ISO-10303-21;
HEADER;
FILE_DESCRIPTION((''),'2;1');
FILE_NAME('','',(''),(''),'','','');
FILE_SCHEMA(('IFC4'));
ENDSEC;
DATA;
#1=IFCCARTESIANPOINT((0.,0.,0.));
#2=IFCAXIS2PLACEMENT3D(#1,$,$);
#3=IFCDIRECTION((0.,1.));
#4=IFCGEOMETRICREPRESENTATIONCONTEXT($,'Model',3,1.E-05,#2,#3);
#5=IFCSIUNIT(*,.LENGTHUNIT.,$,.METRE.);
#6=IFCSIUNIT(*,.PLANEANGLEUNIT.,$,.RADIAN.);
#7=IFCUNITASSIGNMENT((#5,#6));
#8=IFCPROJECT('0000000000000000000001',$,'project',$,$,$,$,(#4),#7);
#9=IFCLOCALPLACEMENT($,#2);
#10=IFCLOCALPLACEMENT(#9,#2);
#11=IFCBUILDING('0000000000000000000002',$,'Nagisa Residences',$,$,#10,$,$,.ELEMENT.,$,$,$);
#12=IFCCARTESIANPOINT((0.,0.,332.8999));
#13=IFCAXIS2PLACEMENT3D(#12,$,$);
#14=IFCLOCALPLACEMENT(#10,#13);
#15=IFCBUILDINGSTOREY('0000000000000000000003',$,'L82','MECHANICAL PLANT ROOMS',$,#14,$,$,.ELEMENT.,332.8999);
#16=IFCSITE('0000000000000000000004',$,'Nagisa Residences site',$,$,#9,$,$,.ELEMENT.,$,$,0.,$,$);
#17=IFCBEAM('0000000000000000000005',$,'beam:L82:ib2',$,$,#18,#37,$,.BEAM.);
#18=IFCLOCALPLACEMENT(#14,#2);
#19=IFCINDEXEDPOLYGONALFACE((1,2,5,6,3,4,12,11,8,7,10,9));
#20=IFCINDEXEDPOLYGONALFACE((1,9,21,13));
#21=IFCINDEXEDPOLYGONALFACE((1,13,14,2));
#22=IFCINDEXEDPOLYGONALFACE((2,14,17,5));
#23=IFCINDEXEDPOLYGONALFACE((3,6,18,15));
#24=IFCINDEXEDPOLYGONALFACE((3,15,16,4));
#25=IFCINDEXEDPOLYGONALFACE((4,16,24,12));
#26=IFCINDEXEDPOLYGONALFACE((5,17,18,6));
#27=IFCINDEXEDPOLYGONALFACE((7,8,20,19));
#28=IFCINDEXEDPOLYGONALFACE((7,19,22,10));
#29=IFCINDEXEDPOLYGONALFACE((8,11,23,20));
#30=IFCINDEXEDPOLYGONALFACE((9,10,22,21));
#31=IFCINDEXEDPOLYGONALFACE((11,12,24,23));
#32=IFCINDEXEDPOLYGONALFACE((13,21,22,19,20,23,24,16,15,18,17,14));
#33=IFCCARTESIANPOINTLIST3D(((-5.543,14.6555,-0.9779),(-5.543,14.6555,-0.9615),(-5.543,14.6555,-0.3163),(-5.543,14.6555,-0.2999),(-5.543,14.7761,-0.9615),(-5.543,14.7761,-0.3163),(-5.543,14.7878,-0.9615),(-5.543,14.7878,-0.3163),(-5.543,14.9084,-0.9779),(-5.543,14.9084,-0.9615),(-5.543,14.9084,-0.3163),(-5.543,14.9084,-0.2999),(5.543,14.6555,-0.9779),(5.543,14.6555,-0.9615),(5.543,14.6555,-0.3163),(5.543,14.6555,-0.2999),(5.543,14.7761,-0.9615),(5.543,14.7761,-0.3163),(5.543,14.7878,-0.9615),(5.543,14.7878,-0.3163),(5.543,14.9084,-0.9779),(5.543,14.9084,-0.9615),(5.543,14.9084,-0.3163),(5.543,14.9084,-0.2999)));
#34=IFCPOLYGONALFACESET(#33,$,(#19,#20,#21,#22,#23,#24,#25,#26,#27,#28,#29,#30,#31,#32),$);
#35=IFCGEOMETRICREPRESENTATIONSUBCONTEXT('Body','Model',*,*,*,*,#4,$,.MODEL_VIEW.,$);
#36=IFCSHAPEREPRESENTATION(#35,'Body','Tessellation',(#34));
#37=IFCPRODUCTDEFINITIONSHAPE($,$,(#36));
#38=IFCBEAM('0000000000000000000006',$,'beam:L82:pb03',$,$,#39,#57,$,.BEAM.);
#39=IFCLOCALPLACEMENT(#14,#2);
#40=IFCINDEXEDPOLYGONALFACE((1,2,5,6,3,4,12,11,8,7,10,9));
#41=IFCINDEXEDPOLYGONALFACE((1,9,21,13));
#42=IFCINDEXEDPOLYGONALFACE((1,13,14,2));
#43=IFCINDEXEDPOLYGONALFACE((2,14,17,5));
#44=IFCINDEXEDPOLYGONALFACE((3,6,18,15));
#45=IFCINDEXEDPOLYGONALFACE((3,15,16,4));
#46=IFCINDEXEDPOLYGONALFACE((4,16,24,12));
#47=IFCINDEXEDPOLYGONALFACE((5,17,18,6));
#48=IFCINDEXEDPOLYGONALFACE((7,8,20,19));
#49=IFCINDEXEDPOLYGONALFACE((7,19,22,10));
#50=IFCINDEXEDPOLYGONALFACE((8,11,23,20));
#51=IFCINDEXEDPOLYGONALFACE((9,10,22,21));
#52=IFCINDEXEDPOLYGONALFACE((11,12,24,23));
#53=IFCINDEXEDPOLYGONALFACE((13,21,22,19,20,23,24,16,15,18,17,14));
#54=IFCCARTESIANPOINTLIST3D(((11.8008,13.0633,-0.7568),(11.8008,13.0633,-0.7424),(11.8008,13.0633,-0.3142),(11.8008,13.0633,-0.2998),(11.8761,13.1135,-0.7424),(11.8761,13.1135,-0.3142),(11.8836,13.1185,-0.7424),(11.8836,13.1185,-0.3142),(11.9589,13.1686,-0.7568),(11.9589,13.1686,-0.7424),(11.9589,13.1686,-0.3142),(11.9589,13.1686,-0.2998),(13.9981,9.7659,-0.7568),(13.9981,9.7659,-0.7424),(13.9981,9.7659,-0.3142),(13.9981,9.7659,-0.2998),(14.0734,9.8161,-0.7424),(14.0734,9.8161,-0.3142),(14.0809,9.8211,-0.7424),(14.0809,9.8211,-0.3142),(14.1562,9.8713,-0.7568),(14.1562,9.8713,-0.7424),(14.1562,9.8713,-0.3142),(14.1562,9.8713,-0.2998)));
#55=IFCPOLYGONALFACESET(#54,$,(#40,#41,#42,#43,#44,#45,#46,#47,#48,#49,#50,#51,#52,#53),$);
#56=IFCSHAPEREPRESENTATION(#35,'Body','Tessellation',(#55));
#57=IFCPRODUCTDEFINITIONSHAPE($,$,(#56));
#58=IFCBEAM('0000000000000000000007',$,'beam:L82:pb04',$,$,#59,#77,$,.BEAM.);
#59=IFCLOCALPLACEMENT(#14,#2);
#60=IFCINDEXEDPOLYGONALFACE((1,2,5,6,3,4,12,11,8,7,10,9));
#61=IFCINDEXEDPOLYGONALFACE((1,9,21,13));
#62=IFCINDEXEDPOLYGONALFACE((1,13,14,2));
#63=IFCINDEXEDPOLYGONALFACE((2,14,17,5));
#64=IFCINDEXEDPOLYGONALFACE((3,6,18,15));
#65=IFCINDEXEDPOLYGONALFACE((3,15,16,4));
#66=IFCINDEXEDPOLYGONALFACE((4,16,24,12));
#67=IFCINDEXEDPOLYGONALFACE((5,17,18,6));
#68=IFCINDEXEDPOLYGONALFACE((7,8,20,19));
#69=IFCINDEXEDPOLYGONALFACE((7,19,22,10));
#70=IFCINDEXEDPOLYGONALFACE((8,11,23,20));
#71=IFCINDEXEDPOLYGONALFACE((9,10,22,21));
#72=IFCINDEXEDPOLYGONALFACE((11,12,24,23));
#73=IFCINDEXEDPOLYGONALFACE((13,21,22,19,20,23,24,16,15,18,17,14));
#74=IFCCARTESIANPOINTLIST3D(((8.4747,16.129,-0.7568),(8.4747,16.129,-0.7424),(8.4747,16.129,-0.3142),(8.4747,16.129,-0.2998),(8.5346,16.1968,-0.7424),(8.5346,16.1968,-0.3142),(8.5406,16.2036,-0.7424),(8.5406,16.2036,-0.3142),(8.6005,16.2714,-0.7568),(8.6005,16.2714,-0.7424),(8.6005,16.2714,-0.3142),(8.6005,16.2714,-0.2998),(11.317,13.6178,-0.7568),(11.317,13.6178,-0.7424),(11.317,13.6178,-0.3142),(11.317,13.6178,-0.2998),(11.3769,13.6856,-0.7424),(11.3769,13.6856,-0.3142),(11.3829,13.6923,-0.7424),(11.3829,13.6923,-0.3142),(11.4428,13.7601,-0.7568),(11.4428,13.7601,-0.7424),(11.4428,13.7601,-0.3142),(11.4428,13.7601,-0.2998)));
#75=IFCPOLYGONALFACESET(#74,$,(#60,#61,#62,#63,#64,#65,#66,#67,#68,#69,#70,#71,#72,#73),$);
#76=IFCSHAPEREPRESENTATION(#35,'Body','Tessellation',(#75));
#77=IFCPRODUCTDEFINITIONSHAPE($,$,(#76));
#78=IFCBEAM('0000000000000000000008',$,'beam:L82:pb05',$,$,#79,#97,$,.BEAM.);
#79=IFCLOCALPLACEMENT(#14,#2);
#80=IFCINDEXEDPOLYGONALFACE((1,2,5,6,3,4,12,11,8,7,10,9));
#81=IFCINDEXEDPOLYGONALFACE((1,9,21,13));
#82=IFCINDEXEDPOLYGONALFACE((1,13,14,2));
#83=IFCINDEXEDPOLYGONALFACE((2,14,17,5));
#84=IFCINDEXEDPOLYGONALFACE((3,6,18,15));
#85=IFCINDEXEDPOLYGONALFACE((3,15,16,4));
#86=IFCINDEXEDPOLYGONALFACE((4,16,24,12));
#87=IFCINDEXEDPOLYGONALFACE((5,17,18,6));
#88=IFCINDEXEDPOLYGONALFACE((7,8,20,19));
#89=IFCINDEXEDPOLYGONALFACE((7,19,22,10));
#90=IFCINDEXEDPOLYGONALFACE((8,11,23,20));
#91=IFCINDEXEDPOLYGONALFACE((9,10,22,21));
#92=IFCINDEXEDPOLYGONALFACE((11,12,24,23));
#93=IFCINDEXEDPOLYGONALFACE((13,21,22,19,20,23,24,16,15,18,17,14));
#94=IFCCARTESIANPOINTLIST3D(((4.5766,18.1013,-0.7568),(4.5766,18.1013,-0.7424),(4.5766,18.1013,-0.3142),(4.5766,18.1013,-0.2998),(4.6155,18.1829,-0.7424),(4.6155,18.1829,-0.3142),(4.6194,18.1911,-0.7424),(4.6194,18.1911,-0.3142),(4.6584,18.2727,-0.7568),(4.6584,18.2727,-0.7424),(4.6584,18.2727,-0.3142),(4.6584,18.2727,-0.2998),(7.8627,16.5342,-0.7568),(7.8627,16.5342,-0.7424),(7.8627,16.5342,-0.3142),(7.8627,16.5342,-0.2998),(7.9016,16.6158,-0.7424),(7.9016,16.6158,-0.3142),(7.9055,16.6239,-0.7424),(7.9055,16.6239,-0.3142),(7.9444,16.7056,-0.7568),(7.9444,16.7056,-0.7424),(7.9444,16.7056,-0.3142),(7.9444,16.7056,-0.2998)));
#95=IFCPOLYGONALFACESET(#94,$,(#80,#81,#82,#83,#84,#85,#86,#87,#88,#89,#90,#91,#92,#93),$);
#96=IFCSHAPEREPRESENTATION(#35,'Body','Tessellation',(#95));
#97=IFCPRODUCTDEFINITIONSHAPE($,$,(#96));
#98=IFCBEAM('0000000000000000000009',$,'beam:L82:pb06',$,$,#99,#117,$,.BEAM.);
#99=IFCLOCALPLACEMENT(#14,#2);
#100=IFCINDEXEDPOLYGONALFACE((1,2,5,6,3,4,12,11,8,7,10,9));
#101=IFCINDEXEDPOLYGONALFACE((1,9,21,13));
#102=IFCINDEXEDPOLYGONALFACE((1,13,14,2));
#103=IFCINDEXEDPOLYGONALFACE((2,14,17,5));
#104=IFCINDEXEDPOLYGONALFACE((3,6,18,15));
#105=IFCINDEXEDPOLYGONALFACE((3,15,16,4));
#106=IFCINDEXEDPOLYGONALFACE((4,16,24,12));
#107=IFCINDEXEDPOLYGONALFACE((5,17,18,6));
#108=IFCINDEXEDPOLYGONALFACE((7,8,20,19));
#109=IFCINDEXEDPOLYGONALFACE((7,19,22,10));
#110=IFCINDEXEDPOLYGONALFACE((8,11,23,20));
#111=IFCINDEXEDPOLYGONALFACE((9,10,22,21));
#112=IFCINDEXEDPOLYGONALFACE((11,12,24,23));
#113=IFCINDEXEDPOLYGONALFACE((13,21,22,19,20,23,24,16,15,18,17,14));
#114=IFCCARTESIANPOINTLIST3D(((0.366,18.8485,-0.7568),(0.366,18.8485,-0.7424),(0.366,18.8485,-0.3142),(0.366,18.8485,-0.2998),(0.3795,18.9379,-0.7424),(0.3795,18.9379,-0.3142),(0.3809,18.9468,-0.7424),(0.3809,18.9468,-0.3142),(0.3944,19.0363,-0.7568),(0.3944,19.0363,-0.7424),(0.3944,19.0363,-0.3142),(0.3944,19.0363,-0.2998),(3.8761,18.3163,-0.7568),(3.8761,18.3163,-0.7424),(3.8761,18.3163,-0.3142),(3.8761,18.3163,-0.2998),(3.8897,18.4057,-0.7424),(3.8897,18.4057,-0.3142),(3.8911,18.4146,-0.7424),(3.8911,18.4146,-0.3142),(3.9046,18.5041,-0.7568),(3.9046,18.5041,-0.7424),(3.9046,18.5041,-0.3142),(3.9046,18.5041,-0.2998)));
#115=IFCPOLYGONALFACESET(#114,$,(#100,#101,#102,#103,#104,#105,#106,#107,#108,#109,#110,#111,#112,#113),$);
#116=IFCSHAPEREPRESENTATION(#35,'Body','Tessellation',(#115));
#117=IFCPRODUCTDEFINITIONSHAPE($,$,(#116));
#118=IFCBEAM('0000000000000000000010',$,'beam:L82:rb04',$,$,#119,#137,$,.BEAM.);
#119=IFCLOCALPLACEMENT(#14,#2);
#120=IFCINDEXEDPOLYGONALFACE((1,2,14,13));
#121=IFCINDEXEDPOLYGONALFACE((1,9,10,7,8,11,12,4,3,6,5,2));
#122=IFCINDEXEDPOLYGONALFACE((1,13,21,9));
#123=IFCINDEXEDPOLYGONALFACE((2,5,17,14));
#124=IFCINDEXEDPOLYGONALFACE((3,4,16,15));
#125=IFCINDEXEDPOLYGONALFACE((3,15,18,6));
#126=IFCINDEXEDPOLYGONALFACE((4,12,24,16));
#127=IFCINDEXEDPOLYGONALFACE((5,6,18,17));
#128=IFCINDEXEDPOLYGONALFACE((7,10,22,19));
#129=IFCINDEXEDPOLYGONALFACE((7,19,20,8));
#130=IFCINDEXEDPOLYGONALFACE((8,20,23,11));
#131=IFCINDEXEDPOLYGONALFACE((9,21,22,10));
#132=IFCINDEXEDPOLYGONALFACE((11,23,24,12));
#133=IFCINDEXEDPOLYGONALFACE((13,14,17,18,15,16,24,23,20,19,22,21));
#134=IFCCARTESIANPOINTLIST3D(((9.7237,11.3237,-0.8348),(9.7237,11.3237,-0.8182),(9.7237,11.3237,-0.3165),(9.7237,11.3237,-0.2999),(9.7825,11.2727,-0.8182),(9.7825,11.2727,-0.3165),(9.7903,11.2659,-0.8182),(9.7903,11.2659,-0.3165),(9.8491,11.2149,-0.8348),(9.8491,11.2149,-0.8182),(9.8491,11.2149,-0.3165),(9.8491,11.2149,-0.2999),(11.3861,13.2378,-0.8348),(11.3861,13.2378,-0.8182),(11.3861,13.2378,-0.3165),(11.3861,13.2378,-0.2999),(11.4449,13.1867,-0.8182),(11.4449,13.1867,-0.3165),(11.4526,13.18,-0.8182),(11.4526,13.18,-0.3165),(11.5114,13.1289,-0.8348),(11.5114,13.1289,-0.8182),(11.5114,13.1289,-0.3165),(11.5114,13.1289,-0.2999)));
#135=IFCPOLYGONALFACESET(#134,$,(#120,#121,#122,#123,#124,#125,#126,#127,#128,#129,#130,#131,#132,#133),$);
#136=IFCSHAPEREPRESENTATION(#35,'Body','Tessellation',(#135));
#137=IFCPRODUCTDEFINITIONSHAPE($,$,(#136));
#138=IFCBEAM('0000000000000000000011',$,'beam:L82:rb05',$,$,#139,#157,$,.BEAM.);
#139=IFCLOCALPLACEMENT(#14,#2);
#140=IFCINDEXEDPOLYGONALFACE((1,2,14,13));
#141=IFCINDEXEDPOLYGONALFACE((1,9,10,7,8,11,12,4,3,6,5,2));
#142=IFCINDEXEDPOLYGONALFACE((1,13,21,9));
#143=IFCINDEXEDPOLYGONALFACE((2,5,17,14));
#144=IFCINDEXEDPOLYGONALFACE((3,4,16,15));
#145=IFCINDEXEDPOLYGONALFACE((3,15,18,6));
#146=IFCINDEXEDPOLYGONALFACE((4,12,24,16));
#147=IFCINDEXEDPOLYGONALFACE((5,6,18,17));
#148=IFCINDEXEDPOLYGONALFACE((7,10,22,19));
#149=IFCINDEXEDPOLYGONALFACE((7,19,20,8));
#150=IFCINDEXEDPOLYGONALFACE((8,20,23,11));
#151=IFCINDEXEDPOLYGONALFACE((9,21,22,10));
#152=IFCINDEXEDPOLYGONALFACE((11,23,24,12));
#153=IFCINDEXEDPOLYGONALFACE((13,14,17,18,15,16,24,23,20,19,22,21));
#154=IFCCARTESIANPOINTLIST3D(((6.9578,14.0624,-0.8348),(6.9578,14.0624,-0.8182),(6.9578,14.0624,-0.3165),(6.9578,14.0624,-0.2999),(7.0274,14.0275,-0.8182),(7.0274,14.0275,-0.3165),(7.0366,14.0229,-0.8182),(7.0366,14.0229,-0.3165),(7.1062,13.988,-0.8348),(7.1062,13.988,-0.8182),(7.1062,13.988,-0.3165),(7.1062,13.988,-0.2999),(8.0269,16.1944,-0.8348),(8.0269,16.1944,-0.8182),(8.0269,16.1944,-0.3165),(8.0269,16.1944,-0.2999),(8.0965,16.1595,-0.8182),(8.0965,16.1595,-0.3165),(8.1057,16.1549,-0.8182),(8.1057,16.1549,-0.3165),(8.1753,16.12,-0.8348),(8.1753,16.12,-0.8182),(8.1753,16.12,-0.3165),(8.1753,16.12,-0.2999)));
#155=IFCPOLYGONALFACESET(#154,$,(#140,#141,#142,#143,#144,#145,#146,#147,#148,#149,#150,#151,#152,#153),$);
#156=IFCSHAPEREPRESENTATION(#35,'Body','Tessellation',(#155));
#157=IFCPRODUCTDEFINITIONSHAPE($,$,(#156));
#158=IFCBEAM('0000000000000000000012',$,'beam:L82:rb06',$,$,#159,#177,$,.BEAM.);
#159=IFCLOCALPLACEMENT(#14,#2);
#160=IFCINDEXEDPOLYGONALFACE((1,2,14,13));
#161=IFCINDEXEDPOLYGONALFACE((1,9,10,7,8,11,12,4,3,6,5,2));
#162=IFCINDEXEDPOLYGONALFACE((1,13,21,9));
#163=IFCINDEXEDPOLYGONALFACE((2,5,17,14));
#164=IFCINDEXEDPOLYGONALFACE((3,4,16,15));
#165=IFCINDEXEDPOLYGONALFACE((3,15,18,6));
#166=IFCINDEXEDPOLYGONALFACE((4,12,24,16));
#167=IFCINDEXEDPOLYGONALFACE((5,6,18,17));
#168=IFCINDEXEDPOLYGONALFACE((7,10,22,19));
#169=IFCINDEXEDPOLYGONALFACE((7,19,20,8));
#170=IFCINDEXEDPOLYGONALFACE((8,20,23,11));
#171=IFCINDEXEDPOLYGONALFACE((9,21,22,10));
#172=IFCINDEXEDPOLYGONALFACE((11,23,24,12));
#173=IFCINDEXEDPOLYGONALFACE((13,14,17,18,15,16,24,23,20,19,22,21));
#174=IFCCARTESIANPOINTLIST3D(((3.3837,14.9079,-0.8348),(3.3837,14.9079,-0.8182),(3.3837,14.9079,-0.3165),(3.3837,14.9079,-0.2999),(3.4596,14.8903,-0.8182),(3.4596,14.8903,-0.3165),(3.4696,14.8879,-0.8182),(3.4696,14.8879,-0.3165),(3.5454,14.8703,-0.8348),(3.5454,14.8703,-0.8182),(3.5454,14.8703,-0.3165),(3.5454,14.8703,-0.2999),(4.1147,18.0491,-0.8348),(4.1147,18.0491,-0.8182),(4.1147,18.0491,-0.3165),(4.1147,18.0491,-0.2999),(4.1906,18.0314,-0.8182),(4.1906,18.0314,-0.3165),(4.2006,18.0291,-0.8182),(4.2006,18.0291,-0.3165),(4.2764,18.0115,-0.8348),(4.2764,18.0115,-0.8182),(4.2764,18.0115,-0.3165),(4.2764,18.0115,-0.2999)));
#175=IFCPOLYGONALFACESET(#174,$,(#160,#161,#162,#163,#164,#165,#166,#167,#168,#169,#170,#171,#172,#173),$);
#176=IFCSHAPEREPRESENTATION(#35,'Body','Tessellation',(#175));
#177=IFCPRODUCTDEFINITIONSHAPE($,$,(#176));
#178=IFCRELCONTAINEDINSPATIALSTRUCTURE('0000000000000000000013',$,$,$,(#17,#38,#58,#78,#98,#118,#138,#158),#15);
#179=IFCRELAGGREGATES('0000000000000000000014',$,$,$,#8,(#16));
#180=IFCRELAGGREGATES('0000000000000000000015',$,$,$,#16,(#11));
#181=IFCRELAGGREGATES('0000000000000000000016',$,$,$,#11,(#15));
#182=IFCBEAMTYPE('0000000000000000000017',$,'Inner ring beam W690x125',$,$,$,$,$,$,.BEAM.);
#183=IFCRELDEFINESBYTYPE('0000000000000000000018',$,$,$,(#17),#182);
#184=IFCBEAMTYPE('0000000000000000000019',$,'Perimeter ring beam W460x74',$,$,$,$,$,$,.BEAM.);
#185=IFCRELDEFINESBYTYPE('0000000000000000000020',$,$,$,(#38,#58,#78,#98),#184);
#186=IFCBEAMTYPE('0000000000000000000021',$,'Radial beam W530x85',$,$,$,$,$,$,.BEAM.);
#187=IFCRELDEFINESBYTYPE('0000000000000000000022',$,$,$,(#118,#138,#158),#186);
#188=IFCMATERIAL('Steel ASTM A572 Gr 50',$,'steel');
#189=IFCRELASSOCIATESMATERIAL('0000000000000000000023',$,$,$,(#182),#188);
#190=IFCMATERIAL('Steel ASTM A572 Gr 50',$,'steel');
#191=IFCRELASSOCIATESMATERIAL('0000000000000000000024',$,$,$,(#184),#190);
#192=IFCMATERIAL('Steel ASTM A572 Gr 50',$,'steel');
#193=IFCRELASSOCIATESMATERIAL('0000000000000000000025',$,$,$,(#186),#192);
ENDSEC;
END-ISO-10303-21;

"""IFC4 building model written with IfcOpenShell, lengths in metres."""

from ifc_helpers import new_model, si_unit, direction, frame, origin, origin_2d, place, context, subcontext, project, spatial, i_section, extrude, material, material_profile, profile_set, type_object, element, save


model = new_model("IFC4")

# Units and contexts
model_context = context("Model", 3, precision=1e-05, world=origin(), true_north=direction((0.0, 1.0)))
body_context = subcontext(model_context, "Body", "Model", "MODEL_VIEW")
ifc_project = project(units=[si_unit("LENGTHUNIT", "METRE"), si_unit("PLANEANGLEUNIT", "RADIAN")], contexts=[model_context])

# Site, building, storey
site_placement = place(None, origin())
site = spatial("IfcSite", under=ifc_project, at=site_placement, Name="Nagisa Residences site", CompositionType="ELEMENT", RefElevation=0.0)
building_placement = place(site_placement, origin())
building = spatial("IfcBuilding", under=site, at=building_placement, Name="Nagisa Residences", CompositionType="ELEMENT")
storey_placement = place(building_placement, frame((0.0, 0.0, 332.8999)))
storey = spatial("IfcBuildingStorey", under=building, at=storey_placement, Name="L82", Description="MECHANICAL PLANT ROOMS", CompositionType="ELEMENT", Elevation=332.8999)

# Beams
ifc_material_1 = material(Name="Steel ASTM A572 Gr 50", Category="steel")
ifc_material_profile_1 = material_profile(ifc_material_1, i_section(OverallWidth=0.2529, OverallDepth=0.678, WebThickness=0.0117, FlangeThickness=0.0164, at=origin_2d()), Name="W690x125")
ifc_profile_set_1 = profile_set([ifc_material_profile_1], Name="Steel ASTM A572 Gr 50")
beam_type_1 = type_object("IfcBeamType", Name="Inner ring beam W690x125", PredefinedType="BEAM", material=ifc_profile_set_1)
beam_1_placement = place(storey_placement, frame((5.543, 14.782, -0.6389), z_axis=(-1.0, 0.0, 0.0), x_axis=(0.0, -1.0, 0.0)))
element("IfcBeam", 1, at=beam_1_placement, inside=storey, type_object=beam_type_1, Name="beam:L82:ib2", PredefinedType="BEAM", context=body_context, shape_type="SweptSolid", body=[
    extrude(i_section(OverallWidth=0.2529, OverallDepth=0.678, WebThickness=0.0117, FlangeThickness=0.0164, at=origin_2d()), origin(), (0.0, 0.0, 1.0), 11.0859),
])
ifc_material_2 = material(Name="Steel ASTM A572 Gr 50", Category="steel")
ifc_material_profile_2 = material_profile(ifc_material_2, i_section(OverallWidth=0.1899, OverallDepth=0.457, WebThickness=0.009, FlangeThickness=0.0144, at=origin_2d()), Name="W460x74")
ifc_profile_set_2 = profile_set([ifc_material_profile_2], Name="Steel ASTM A572 Gr 50")
beam_type_2 = type_object("IfcBeamType", Name="Perimeter ring beam W460x74", PredefinedType="BEAM", material=ifc_profile_set_2)
beam_2_placement = place(storey_placement, frame((14.0771, 9.8186, -0.5283), z_axis=(-0.55453, 0.832164, 0.0), x_axis=(-0.832164, -0.55453, 0.0)))
element("IfcBeam", 2, at=beam_2_placement, inside=storey, type_object=beam_type_2, Name="beam:L82:pb03", PredefinedType="BEAM", context=body_context, shape_type="SweptSolid", body=[
    extrude(i_section(OverallWidth=0.1899, OverallDepth=0.457, WebThickness=0.009, FlangeThickness=0.0144, at=origin_2d()), origin(), (0.0, 0.0, 1.0), 3.9624),
])
beam_3_placement = place(storey_placement, frame((11.3799, 13.689, -0.5283), z_axis=(-0.749402, 0.662115, 0.0), x_axis=(-0.662115, -0.749402, 0.0)))
element("IfcBeam", 3, at=beam_3_placement, inside=storey, type_object=beam_type_2, Name="beam:L82:pb04", PredefinedType="BEAM", context=body_context, shape_type="SweptSolid", body=[
    extrude(i_section(OverallWidth=0.1899, OverallDepth=0.457, WebThickness=0.009, FlangeThickness=0.0144, at=origin_2d()), origin(), (0.0, 0.0, 1.0), 3.7927),
])
beam_4_placement = place(storey_placement, frame((7.9036, 16.6199, -0.5283), z_axis=(-0.902614, 0.430452, 0.0), x_axis=(-0.430452, -0.902614, 0.0)))
element("IfcBeam", 4, at=beam_4_placement, inside=storey, type_object=beam_type_2, Name="beam:L82:pb05", PredefinedType="BEAM", context=body_context, shape_type="SweptSolid", body=[
    extrude(i_section(OverallWidth=0.1899, OverallDepth=0.457, WebThickness=0.009, FlangeThickness=0.0144, at=origin_2d()), origin(), (0.0, 0.0, 1.0), 3.6406),
])
beam_5_placement = place(storey_placement, frame((3.8904, 18.4102, -0.5283), z_axis=(-0.9887, 0.149907, 0.0), x_axis=(-0.149907, -0.9887, 0.0)))
element("IfcBeam", 5, at=beam_5_placement, inside=storey, type_object=beam_type_2, Name="beam:L82:pb06", PredefinedType="BEAM", context=body_context, shape_type="SweptSolid", body=[
    extrude(i_section(OverallWidth=0.1899, OverallDepth=0.457, WebThickness=0.009, FlangeThickness=0.0144, at=origin_2d()), origin(), (0.0, 0.0, 1.0), 3.5503),
])
ifc_material_3 = material(Name="Steel ASTM A572 Gr 50", Category="steel")
ifc_material_profile_3 = material_profile(ifc_material_3, i_section(OverallWidth=0.166, OverallDepth=0.5349, WebThickness=0.0103, FlangeThickness=0.0166, at=origin_2d()), Name="W530x85")
ifc_profile_set_3 = profile_set([ifc_material_profile_3], Name="Steel ASTM A572 Gr 50")
beam_type_3 = type_object("IfcBeamType", Name="Radial beam W530x85", PredefinedType="BEAM", material=ifc_profile_set_3)
beam_6_placement = place(storey_placement, frame((11.4487, 13.1833, -0.5674), z_axis=(-0.655718, -0.755006, 0.0), x_axis=(0.755006, -0.655718, 0.0)))
element("IfcBeam", 6, at=beam_6_placement, inside=storey, type_object=beam_type_3, Name="beam:L82:rb04", PredefinedType="BEAM", context=body_context, shape_type="SweptSolid", body=[
    extrude(i_section(OverallWidth=0.166, OverallDepth=0.5349, WebThickness=0.0103, FlangeThickness=0.0166, at=origin_2d()), origin(), (0.0, 0.0, 1.0), 2.5352),
])
beam_7_placement = place(storey_placement, frame((8.1011, 16.1572, -0.5674), z_axis=(-0.448237, -0.893915, 0.0), x_axis=(0.893915, -0.448237, 0.0)))
element("IfcBeam", 7, at=beam_7_placement, inside=storey, type_object=beam_type_3, Name="beam:L82:rb05", PredefinedType="BEAM", context=body_context, shape_type="SweptSolid", body=[
    extrude(i_section(OverallWidth=0.166, OverallDepth=0.5349, WebThickness=0.0103, FlangeThickness=0.0166, at=origin_2d()), origin(), (0.0, 0.0, 1.0), 2.385),
])
beam_8_placement = place(storey_placement, frame((4.1956, 18.0303, -0.5674), z_axis=(-0.22665, -0.973976, 0.0), x_axis=(0.973976, -0.22665, 0.0)))
element("IfcBeam", 8, at=beam_8_placement, inside=storey, type_object=beam_type_3, Name="beam:L82:rb06", PredefinedType="BEAM", context=body_context, shape_type="SweptSolid", body=[
    extrude(i_section(OverallWidth=0.166, OverallDepth=0.5349, WebThickness=0.0103, FlangeThickness=0.0166, at=origin_2d()), origin(), (0.0, 0.0, 1.0), 3.2251),
])

save(model, "model.ifc")
